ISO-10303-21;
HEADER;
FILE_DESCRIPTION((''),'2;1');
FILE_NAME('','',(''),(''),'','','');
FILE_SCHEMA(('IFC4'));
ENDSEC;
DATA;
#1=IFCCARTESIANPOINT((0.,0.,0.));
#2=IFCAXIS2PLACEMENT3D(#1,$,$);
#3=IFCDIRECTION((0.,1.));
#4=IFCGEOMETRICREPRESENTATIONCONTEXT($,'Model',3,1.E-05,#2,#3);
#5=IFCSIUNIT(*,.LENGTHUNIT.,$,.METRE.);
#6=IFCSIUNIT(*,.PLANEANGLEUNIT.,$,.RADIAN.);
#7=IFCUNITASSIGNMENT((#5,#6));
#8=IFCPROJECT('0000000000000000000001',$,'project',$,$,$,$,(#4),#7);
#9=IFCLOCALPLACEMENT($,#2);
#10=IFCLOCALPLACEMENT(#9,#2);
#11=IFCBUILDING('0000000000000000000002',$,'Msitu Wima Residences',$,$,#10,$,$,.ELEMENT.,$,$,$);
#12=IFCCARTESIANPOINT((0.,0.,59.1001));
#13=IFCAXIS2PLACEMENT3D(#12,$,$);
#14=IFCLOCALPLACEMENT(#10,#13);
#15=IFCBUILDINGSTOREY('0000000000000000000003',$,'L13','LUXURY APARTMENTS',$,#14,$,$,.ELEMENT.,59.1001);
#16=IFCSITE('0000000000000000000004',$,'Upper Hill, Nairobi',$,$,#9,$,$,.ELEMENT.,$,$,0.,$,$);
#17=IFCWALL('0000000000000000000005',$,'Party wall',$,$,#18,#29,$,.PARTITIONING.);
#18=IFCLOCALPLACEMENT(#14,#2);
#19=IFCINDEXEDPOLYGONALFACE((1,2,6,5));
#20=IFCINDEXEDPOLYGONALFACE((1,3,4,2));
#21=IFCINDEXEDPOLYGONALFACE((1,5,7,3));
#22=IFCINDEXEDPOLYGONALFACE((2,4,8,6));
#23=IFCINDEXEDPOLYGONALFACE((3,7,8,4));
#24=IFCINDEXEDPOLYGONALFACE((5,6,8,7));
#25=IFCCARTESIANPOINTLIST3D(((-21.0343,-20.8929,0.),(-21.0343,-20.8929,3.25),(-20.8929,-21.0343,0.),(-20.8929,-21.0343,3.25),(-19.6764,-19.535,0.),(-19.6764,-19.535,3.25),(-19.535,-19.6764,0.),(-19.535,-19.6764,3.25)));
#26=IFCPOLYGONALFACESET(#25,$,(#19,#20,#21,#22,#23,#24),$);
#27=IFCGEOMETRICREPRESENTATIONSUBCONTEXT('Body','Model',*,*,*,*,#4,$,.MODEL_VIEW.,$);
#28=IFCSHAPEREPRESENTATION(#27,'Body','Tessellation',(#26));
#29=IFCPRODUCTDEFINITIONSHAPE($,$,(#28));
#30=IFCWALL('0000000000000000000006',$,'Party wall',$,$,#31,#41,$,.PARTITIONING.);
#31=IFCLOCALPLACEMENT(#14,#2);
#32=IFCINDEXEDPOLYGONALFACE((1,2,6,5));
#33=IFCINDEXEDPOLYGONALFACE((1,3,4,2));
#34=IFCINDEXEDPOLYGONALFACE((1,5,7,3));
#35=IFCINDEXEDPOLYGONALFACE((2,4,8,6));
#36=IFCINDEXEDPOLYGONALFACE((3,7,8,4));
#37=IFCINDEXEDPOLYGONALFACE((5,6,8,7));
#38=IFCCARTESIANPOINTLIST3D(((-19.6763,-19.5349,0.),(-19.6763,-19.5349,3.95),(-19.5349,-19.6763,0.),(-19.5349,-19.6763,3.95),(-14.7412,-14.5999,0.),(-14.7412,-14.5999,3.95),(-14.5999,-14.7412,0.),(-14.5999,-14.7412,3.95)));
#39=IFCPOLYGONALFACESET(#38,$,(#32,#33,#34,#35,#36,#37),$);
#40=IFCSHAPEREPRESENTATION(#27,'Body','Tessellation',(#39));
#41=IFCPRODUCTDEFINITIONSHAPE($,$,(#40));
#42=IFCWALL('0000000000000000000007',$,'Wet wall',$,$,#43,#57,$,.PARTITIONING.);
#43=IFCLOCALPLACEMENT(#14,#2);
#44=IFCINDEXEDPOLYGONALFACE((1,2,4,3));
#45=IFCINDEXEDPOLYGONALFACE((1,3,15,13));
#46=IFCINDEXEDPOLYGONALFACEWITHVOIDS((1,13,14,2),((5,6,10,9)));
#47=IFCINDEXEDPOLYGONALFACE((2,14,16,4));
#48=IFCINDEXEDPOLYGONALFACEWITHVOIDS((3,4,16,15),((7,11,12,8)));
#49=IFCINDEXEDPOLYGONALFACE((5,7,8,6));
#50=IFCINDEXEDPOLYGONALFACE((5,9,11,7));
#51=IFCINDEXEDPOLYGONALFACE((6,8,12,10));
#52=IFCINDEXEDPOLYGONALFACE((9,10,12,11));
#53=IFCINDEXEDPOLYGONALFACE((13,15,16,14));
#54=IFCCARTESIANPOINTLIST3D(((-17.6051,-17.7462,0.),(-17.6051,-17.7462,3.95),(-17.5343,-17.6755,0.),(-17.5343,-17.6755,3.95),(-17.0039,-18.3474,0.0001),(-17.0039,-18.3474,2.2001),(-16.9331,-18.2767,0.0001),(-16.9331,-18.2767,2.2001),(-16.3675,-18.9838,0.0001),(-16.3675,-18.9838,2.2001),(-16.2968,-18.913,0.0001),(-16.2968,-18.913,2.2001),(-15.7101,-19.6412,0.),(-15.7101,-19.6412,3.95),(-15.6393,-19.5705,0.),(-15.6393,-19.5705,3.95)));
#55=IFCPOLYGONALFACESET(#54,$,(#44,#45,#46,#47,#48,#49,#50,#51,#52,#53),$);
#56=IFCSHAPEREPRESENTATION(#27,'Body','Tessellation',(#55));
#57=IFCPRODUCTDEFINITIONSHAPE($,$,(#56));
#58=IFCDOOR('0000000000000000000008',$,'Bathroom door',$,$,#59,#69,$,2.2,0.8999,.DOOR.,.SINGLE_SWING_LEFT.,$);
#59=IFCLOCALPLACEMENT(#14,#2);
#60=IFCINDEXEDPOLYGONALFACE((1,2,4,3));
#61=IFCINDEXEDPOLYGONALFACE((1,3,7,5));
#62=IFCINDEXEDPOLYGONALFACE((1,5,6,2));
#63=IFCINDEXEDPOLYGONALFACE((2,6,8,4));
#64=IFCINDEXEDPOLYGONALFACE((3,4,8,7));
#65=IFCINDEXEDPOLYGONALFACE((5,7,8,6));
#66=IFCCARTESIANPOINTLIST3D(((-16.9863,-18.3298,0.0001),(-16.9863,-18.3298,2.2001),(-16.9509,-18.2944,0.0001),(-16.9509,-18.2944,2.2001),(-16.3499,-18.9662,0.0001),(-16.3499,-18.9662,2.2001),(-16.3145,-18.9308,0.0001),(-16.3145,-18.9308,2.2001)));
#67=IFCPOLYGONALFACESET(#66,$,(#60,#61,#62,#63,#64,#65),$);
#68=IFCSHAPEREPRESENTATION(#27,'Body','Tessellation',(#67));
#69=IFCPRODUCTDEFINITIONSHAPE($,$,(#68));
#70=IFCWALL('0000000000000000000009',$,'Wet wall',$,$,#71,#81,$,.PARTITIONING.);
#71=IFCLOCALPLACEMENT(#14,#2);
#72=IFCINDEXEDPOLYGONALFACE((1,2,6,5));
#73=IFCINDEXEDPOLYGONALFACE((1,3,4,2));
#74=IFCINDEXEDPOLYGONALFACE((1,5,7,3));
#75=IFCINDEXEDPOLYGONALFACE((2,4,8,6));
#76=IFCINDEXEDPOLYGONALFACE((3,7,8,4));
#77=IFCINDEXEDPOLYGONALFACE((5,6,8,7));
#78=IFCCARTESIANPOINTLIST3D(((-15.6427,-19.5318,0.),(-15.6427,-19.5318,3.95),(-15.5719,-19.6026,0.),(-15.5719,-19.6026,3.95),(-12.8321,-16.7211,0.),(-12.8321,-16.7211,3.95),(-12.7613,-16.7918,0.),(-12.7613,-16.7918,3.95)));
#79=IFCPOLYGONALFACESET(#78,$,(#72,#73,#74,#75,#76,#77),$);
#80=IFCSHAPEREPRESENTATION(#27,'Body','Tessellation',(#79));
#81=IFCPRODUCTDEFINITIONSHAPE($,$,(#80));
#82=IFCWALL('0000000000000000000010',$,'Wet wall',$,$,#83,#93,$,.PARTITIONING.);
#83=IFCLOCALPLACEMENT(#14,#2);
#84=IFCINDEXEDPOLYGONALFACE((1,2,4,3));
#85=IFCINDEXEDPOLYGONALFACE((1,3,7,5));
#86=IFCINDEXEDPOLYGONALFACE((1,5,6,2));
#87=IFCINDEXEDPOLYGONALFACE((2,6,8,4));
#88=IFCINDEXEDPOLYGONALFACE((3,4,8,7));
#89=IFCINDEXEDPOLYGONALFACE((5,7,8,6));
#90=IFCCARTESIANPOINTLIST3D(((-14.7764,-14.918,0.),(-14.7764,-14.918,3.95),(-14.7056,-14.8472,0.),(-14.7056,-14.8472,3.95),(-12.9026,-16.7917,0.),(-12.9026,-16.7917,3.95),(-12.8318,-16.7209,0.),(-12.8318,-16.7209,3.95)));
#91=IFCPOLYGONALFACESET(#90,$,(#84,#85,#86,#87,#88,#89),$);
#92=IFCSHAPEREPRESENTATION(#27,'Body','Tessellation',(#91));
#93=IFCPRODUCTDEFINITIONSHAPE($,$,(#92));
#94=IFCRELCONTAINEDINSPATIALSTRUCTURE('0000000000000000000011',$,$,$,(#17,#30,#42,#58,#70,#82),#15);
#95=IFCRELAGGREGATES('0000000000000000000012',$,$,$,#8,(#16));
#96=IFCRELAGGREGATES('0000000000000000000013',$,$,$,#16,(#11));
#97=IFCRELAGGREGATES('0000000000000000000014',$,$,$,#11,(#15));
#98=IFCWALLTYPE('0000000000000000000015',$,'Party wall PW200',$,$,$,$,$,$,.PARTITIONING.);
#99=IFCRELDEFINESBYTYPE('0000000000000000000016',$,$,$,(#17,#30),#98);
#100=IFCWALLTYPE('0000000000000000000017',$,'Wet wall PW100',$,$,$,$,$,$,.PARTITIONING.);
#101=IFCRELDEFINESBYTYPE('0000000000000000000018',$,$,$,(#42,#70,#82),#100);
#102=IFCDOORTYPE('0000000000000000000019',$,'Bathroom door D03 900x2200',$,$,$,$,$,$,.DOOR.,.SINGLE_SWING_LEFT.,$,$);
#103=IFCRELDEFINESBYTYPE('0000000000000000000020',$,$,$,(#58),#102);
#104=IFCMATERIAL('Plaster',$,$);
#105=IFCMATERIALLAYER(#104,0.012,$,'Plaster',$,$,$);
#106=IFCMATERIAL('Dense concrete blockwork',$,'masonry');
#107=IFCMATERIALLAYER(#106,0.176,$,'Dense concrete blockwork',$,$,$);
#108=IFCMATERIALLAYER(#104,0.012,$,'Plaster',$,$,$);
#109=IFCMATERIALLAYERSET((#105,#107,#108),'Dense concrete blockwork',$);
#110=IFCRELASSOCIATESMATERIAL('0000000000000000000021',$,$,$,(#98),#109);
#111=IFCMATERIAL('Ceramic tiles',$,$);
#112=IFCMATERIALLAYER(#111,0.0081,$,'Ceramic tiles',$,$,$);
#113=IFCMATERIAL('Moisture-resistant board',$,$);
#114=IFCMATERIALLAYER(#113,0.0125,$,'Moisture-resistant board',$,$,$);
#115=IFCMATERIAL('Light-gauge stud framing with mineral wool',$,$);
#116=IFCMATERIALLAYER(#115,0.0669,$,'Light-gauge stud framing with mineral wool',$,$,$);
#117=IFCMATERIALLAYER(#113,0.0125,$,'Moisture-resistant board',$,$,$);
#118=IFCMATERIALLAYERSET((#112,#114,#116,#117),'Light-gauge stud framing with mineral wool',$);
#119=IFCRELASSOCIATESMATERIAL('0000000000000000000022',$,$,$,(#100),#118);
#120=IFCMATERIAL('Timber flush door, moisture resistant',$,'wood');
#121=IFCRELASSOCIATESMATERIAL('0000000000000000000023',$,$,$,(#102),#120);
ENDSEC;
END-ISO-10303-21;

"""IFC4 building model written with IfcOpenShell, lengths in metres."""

from ifc_helpers import new_model, si_unit, direction, frame, frame_2d, origin, place, context, subcontext, project, spatial, rectangle, extrude, material, layer, layer_set, type_object, element, fill, save


model = new_model("IFC4")

# Units and contexts
model_context = context("Model", 3, precision=1e-05, world=origin(), true_north=direction((0.0, 1.0)))
body_context = subcontext(model_context, "Body", "Model", "MODEL_VIEW")
ifc_project = project(units=[si_unit("LENGTHUNIT", "METRE"), si_unit("PLANEANGLEUNIT", "RADIAN")], contexts=[model_context])

# Site, building, storey
site_placement = place(None, origin())
site = spatial("IfcSite", under=ifc_project, at=site_placement, Name="Upper Hill, Nairobi", CompositionType="ELEMENT", RefElevation=0.0)
building_placement = place(site_placement, origin())
building = spatial("IfcBuilding", under=site, at=building_placement, Name="Msitu Wima Residences", CompositionType="ELEMENT")
storey_placement = place(building_placement, frame((0.0, 0.0, 59.1001)))
storey = spatial("IfcBuildingStorey", under=building, at=storey_placement, Name="L13", Description="LUXURY APARTMENTS", CompositionType="ELEMENT", Elevation=59.1001)

# Shared definitions
ifc_material_1 = material(Name="Plaster")

# Walls
ifc_layer_1 = layer(ifc_material_1, 0.012, Name="Plaster")
ifc_material_2 = material(Name="Dense concrete blockwork", Category="masonry")
ifc_layer_2 = layer(ifc_material_2, 0.176, Name="Dense concrete blockwork")
ifc_layer_3 = layer(ifc_material_1, 0.012, Name="Plaster")
ifc_layer_set_1 = layer_set([ifc_layer_1, ifc_layer_2, ifc_layer_3], Name="Dense concrete blockwork")
wall_type_1 = type_object("IfcWallType", Name="Party wall PW200", PredefinedType="PARTITIONING", material=ifc_layer_set_1)
wall_1_placement = place(storey_placement, frame((-20.9636, -20.9636, 0.0), z_axis=(0.0, 0.0, 1.0), x_axis=(0.707107, 0.707107, 0.0)))
element("IfcWall", 1, at=wall_1_placement, inside=storey, type_object=wall_type_1, Name="Party wall", PredefinedType="PARTITIONING", context=body_context, shape_type="SweptSolid", body=[
    extrude(rectangle(XDim=1.9204, YDim=0.2, at=frame_2d((0.9602, 0.0))), origin(), (0.0, 0.0, 1.0), 3.25),
])
wall_2_placement = place(storey_placement, frame((-19.6057, -19.6057, 0.0), z_axis=(0.0, 0.0, 1.0), x_axis=(0.707107, 0.707107, 0.0)))
element("IfcWall", 2, at=wall_2_placement, inside=storey, type_object=wall_type_1, Name="Party wall", PredefinedType="PARTITIONING", context=body_context, shape_type="SweptSolid", body=[
    extrude(rectangle(XDim=6.9792, YDim=0.2, at=frame_2d((3.4897, 0.0))), origin(), (0.0, 0.0, 1.0), 3.95),
])

# Wall, opening, door
ifc_material_3 = material(Name="Ceramic tiles")
ifc_layer_4 = layer(ifc_material_3, 0.0081, Name="Ceramic tiles")
ifc_material_4 = material(Name="Moisture-resistant board")
ifc_layer_5 = layer(ifc_material_4, 0.0125, Name="Moisture-resistant board")
ifc_material_5 = material(Name="Light-gauge stud framing with mineral wool")
ifc_layer_6 = layer(ifc_material_5, 0.0669, Name="Light-gauge stud framing with mineral wool")
ifc_layer_7 = layer(ifc_material_4, 0.0125, Name="Moisture-resistant board")
ifc_layer_set_2 = layer_set([ifc_layer_4, ifc_layer_5, ifc_layer_6, ifc_layer_7], Name="Light-gauge stud framing with mineral wool")
wall_type_2 = type_object("IfcWallType", Name="Wet wall PW100", PredefinedType="PARTITIONING", material=ifc_layer_set_2)
wall_3_placement = place(storey_placement, frame((-17.5696, -17.7109, 0.0), z_axis=(0.0, 0.0, 1.0), x_axis=(0.707107, -0.707107, 0.0)))
wall_3 = element("IfcWall", 3, at=wall_3_placement, inside=storey, type_object=wall_type_2, Name="Wet wall", PredefinedType="PARTITIONING", context=body_context, shape_type="SweptSolid", body=[
    extrude(rectangle(XDim=2.6799, YDim=0.1001, at=frame_2d((1.3398, 0.0))), origin(), (0.0, 0.0, 1.0), 3.95),
])
opening_1_placement = place(wall_3_placement, frame((0.8501, 0.0, 0.0)))
opening_1 = element("IfcOpeningElement", 4, at=opening_1_placement, cuts=wall_3, PredefinedType="OPENING", context=body_context, shape_type="SweptSolid", body=[
    extrude(rectangle(XDim=0.8999, YDim=2.2, at=frame_2d((0.45, 1.1001))), frame((0.0, 0.0601, 0.0), z_axis=(0.0, -1.0, 0.0), x_axis=(1.0, 0.0, 0.0)), (0.0, 0.0, 1.0), 0.1201),
])
ifc_material_6 = material(Name="Timber flush door, moisture resistant", Category="wood")
door_type_1 = type_object("IfcDoorType", Name="Bathroom door D03 900x2200", OperationType="SINGLE_SWING_LEFT", PredefinedType="DOOR", material=ifc_material_6)
door_1_placement = place(opening_1_placement, origin())
door_1 = element("IfcDoor", 5, at=door_1_placement, inside=storey, type_object=door_type_1, Name="Bathroom door", OperationType="SINGLE_SWING_LEFT", OverallHeight=2.2, OverallWidth=0.8999, PredefinedType="DOOR", context=body_context, shape_type="SweptSolid", body=[
    extrude(rectangle(XDim=0.8999, YDim=2.2, at=frame_2d((0.45, 1.1001))), frame((0.0, 0.0249, 0.0), z_axis=(0.0, -1.0, 0.0), x_axis=(1.0, 0.0, 0.0)), (0.0, 0.0, 1.0), 0.05),
])
fill(opening_1, door_1)

# Walls
wall_4_placement = place(storey_placement, frame((-15.6072, -19.5671, 0.0), z_axis=(0.0, 0.0, 1.0), x_axis=(0.707076, 0.707137, 0.0)))
element("IfcWall", 6, at=wall_4_placement, inside=storey, type_object=wall_type_2, Name="Wet wall", PredefinedType="PARTITIONING", context=body_context, shape_type="SweptSolid", body=[
    extrude(rectangle(XDim=3.9749, YDim=0.1001, at=frame_2d((1.9873, 0.0))), origin(), (0.0, 0.0, 1.0), 3.95),
])
wall_5_placement = place(storey_placement, frame((-14.741, -14.8826, 0.0), z_axis=(0.0, 0.0, 1.0), x_axis=(0.707107, -0.707107, 0.0)))
element("IfcWall", 7, at=wall_5_placement, inside=storey, type_object=wall_type_2, Name="Wet wall", PredefinedType="PARTITIONING", context=body_context, shape_type="SweptSolid", body=[
    extrude(rectangle(XDim=2.6499, YDim=0.1001, at=frame_2d((1.325, 0.0))), origin(), (0.0, 0.0, 1.0), 3.95),
])

save(model, "model.ifc")
